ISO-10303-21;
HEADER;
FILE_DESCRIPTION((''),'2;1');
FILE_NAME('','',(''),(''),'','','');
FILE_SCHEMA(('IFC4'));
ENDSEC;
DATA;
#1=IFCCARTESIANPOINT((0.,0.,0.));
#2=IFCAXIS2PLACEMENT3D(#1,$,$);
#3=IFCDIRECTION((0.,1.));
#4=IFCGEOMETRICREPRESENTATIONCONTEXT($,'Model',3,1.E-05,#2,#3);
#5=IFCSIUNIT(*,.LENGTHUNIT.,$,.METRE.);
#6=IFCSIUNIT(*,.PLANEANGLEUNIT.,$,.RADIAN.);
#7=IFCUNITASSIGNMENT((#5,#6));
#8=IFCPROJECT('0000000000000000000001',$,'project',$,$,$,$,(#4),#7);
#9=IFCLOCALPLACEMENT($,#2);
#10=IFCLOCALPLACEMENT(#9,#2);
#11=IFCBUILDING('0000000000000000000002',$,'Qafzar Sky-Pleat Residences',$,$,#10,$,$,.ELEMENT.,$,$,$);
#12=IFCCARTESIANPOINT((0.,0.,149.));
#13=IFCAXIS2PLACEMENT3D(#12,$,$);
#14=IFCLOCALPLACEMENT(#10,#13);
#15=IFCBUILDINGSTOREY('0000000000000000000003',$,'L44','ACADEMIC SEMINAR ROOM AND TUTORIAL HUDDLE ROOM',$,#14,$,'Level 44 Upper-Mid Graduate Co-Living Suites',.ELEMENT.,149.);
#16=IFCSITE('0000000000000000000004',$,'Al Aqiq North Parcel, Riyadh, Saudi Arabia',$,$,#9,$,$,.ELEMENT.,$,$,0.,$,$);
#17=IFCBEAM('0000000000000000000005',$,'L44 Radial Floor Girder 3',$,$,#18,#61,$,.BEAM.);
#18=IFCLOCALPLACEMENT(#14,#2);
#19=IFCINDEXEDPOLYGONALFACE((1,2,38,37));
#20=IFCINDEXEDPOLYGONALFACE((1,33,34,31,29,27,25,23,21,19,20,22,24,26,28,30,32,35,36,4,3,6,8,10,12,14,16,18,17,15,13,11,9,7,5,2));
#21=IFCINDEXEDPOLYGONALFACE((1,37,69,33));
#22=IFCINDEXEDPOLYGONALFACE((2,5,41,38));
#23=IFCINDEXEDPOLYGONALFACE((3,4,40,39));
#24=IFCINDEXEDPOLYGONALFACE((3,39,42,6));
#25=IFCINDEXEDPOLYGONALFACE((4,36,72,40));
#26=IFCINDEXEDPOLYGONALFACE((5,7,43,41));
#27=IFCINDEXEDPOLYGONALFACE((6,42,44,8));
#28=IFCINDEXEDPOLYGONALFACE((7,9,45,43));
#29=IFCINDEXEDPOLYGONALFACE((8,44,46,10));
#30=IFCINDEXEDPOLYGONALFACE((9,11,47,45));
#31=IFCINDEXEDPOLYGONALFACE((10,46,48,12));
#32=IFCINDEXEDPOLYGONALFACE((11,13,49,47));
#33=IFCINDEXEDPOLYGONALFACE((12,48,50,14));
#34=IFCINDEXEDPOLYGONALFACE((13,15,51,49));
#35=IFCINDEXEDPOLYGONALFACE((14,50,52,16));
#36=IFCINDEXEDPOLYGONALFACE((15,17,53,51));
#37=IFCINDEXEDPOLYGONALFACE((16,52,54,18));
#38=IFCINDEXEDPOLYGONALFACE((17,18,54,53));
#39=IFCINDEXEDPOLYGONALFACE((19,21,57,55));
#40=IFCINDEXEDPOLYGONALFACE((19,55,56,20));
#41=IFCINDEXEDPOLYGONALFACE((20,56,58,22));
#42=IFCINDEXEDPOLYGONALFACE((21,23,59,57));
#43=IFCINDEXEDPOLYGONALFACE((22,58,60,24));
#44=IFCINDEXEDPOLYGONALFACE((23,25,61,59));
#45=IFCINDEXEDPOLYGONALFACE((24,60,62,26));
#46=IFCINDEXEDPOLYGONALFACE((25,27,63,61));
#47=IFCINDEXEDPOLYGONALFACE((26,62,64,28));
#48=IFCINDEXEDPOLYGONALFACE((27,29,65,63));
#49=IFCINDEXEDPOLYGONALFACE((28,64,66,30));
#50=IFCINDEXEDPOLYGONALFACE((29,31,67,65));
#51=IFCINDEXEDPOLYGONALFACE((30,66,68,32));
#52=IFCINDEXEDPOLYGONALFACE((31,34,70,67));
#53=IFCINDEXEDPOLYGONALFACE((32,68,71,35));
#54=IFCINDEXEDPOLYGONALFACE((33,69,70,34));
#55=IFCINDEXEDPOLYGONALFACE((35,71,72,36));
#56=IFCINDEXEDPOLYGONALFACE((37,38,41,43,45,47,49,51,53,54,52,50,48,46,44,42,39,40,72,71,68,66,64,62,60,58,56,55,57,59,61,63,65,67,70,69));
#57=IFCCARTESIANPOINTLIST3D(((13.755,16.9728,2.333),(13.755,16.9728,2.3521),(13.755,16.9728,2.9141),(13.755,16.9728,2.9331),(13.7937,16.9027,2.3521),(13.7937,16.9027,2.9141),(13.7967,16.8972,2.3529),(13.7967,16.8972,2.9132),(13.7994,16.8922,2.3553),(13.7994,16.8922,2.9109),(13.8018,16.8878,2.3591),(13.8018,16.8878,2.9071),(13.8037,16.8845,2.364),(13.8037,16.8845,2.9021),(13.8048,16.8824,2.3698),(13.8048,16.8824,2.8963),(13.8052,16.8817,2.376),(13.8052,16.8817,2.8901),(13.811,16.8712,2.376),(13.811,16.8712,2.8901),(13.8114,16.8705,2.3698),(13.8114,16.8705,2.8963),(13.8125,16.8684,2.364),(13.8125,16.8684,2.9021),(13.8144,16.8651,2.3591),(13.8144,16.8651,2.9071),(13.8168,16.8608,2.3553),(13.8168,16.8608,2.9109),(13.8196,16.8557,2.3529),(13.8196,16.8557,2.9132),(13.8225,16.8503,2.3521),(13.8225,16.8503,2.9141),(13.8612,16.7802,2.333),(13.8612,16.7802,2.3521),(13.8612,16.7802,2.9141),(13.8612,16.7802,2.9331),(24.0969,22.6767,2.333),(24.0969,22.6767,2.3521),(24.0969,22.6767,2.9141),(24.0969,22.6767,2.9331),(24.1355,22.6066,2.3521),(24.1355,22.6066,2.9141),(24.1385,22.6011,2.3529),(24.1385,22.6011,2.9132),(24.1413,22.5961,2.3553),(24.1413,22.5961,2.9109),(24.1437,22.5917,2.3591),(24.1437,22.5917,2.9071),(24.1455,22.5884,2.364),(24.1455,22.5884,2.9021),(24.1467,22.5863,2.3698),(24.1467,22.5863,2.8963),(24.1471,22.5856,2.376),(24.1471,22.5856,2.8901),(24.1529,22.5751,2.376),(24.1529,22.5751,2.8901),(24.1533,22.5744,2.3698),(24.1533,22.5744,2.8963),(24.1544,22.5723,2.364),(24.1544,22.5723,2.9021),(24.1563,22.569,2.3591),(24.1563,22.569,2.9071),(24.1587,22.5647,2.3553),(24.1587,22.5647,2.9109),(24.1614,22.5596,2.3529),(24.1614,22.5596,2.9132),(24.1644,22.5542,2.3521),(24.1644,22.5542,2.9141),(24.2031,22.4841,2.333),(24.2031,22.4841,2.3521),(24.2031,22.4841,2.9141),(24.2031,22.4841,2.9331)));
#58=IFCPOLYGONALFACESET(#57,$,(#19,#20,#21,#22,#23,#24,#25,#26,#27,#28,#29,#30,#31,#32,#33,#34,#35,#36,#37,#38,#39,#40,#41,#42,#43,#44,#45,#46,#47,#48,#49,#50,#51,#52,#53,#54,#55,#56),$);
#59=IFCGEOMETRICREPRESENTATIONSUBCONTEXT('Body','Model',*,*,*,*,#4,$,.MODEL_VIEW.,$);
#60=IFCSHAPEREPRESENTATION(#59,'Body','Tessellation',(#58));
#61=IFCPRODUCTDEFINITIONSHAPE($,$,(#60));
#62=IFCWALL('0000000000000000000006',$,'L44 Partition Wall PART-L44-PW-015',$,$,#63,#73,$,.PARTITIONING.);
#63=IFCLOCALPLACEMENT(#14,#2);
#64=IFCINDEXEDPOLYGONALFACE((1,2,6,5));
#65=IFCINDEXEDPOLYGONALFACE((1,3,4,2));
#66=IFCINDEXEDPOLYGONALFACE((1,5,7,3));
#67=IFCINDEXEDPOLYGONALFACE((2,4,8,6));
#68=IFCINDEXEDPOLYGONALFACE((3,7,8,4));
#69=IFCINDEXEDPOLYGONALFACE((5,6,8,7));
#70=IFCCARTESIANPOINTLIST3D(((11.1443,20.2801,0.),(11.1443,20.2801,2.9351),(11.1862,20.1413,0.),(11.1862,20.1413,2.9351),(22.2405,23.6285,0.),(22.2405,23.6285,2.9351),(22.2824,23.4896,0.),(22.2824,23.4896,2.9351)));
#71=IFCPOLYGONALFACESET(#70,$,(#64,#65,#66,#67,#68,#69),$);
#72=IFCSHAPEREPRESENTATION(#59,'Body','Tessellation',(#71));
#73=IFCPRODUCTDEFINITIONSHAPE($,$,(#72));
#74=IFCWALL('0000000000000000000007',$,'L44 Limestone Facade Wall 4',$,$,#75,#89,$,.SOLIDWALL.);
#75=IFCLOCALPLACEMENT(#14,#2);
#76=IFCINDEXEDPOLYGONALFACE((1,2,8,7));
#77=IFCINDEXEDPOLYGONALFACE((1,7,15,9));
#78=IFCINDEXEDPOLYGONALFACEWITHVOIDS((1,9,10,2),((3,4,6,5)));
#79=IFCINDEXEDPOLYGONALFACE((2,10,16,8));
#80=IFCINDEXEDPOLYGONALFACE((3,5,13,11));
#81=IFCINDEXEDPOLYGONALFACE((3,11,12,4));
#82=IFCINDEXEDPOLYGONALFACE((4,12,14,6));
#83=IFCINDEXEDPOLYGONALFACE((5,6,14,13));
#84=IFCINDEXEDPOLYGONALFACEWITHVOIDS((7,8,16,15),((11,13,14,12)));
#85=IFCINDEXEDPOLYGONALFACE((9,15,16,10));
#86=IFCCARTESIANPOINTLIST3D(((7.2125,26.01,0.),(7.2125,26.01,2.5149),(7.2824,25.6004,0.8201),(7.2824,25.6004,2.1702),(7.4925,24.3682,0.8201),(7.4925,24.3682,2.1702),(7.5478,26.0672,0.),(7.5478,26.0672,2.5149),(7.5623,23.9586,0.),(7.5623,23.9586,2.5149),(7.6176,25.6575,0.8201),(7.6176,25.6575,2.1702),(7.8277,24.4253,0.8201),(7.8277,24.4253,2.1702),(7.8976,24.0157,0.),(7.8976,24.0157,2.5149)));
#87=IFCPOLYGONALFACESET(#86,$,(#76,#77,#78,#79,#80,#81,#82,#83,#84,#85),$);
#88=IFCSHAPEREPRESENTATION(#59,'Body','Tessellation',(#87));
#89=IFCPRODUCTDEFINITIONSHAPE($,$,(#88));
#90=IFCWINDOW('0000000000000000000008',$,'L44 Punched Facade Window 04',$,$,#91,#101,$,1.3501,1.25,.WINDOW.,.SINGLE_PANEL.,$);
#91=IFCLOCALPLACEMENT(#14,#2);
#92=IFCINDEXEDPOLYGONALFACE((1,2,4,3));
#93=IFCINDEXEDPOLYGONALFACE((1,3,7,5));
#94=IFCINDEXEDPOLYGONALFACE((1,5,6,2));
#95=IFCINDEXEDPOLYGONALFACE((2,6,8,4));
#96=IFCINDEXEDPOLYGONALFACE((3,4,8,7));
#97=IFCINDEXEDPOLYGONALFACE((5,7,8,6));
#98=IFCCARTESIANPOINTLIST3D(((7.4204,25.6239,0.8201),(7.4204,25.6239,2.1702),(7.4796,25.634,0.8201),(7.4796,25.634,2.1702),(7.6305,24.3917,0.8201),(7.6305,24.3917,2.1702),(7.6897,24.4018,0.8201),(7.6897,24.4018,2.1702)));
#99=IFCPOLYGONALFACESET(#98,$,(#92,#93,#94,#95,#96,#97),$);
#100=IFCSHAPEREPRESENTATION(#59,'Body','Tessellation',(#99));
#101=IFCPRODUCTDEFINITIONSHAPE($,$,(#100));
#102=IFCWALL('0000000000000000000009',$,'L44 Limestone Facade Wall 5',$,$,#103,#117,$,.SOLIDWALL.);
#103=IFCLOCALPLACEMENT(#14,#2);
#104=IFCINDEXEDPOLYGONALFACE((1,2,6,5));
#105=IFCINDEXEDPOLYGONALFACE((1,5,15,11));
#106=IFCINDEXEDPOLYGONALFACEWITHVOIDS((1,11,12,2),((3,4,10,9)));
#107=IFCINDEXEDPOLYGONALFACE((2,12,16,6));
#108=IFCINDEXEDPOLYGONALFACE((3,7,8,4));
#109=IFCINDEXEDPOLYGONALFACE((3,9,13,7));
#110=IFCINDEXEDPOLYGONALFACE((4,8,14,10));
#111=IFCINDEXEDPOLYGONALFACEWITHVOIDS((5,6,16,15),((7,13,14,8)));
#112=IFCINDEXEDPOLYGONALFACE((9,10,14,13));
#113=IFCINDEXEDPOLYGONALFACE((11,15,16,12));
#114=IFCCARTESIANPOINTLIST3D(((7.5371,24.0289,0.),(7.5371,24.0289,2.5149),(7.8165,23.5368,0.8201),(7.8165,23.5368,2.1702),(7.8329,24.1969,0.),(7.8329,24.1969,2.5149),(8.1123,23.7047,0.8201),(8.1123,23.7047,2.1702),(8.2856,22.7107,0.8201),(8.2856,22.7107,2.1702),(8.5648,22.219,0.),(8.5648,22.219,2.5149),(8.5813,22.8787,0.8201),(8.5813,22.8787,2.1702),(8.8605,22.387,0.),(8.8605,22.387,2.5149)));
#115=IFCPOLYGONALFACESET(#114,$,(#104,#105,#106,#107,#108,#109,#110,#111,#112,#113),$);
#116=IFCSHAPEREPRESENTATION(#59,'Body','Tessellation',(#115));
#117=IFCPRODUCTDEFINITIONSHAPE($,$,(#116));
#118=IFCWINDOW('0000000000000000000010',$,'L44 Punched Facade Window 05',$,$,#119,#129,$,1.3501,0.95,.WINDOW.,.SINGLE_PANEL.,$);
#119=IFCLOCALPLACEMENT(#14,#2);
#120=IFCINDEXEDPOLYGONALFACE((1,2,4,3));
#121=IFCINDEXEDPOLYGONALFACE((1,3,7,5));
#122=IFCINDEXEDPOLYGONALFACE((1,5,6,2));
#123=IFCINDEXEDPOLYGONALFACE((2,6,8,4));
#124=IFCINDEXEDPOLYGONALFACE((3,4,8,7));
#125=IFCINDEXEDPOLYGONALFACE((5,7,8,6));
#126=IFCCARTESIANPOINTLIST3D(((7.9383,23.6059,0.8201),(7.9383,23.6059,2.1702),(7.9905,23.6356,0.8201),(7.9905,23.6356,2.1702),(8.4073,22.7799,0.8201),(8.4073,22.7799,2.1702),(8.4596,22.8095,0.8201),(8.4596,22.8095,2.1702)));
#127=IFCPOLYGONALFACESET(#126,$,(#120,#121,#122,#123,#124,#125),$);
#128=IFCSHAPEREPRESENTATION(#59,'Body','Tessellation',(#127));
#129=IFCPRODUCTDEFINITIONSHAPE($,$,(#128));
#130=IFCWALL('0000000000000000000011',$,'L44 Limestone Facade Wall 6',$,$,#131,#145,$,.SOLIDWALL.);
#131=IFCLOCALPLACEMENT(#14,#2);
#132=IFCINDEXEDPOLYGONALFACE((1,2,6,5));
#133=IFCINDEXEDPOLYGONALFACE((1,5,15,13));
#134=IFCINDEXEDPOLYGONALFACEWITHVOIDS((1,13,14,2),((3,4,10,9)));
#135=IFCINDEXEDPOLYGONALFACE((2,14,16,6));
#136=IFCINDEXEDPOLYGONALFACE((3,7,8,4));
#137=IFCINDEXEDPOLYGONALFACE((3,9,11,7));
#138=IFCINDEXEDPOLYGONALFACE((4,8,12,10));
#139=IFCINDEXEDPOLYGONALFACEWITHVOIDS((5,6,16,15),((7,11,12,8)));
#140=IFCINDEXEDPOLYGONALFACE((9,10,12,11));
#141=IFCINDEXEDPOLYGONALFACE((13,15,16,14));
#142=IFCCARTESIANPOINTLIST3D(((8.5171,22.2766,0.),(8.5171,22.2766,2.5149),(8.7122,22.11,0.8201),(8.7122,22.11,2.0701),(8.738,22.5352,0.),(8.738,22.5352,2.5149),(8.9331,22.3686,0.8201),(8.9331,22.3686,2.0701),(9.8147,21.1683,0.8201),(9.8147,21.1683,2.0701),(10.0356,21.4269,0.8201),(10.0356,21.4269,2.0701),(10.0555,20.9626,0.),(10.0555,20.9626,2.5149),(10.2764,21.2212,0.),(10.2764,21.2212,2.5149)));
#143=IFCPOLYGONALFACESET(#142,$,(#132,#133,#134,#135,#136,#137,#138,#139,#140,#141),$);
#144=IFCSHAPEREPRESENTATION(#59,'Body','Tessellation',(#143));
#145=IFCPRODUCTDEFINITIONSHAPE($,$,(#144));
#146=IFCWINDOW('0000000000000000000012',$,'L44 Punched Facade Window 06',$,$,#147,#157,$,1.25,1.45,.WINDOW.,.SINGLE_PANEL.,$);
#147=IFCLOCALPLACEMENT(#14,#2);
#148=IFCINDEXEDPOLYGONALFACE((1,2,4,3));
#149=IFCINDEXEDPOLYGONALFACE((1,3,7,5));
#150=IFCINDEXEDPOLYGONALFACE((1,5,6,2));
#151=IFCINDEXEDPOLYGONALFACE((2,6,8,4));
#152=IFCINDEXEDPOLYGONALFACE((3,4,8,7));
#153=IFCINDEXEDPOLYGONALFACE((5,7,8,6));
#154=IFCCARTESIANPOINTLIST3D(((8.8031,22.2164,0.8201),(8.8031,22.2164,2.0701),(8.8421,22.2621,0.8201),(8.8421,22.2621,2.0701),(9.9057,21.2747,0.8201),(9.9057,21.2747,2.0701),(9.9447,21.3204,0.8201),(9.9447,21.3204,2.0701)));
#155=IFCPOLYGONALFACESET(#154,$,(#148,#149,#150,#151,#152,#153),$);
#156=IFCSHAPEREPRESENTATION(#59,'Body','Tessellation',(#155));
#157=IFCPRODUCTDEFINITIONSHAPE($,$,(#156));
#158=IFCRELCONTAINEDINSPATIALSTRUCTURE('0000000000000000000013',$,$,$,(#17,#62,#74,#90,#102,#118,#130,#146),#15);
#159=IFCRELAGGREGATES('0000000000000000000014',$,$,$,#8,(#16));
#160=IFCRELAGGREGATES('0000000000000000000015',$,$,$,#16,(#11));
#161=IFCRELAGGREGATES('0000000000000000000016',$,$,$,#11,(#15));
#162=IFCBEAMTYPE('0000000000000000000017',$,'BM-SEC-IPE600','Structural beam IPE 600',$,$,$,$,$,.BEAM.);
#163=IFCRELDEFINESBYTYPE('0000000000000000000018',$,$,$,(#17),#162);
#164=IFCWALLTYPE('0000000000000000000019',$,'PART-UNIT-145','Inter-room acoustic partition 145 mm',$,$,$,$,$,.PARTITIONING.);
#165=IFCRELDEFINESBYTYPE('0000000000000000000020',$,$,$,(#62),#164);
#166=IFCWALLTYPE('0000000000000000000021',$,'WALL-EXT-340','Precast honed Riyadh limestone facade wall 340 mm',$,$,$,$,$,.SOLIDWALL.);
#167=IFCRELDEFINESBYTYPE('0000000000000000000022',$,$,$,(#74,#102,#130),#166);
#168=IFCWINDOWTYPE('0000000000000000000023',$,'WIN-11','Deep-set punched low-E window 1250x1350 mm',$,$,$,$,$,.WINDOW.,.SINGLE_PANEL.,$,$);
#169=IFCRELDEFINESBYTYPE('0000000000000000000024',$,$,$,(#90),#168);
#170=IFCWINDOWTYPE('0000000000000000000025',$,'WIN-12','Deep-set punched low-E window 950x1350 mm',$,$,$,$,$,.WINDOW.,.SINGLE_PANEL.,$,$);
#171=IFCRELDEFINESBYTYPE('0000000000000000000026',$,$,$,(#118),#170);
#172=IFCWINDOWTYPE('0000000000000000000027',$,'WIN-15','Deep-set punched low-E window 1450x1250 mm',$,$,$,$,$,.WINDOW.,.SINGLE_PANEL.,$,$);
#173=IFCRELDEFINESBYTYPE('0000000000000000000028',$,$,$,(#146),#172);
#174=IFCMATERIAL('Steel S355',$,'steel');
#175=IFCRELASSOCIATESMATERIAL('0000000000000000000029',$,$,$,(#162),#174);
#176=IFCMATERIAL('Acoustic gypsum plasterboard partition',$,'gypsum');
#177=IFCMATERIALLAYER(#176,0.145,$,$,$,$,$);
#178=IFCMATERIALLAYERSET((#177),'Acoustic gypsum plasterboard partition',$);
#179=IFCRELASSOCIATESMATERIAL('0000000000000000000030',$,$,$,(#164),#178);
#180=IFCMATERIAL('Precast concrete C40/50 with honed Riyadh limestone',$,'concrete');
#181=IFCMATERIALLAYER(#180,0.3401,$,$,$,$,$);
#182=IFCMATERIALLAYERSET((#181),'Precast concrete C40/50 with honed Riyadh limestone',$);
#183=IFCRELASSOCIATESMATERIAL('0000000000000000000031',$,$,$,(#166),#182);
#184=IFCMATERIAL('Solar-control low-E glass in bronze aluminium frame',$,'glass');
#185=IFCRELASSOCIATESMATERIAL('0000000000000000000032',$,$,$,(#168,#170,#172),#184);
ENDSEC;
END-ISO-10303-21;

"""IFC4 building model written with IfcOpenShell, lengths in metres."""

from ifc_helpers import new_model, si_unit, direction, frame, frame_2d, origin, origin_2d, place, context, subcontext, project, spatial, rectangle, i_section, extrude, source, transform, mapped, material, layer, layer_set, material_profile, profile_set, type_object, element, fill, save


model = new_model("IFC4")

# Units and contexts
model_context = context("Model", 3, precision=1e-05, world=origin(), true_north=direction((0.0, 1.0)))
body_context = subcontext(model_context, "Body", "Model", "MODEL_VIEW")
ifc_project = project(units=[si_unit("LENGTHUNIT", "METRE"), si_unit("PLANEANGLEUNIT", "RADIAN")], contexts=[model_context])

# Site, building, storey
site_placement = place(None, origin())
site = spatial("IfcSite", under=ifc_project, at=site_placement, Name="Al Aqiq North Parcel, Riyadh, Saudi Arabia", CompositionType="ELEMENT", RefElevation=0.0)
building_placement = place(site_placement, origin())
building = spatial("IfcBuilding", under=site, at=building_placement, Name="Qafzar Sky-Pleat Residences", CompositionType="ELEMENT")
storey_placement = place(building_placement, frame((0.0, 0.0, 149.0)))
storey = spatial("IfcBuildingStorey", under=building, at=storey_placement, Name="L44", Description="ACADEMIC SEMINAR ROOM AND TUTORIAL HUDDLE ROOM", LongName="Level 44 Upper-Mid Graduate Co-Living Suites", CompositionType="ELEMENT", Elevation=149.0)

# Shared definitions
ifc_material_1 = material(Name="Steel S355", Category="steel")

# Beam
ifc_material_profile_1 = material_profile(ifc_material_1, i_section(OverallWidth=0.22, OverallDepth=0.6001, WebThickness=0.012, FlangeThickness=0.019, FilletRadius=0.0239, at=origin_2d()), Name="IPE 600")
ifc_profile_set_1 = profile_set([ifc_material_profile_1], Name="Steel S355")
beam_type_1 = type_object("IfcBeamType", Name="BM-SEC-IPE600", Description="Structural beam IPE 600", PredefinedType="BEAM", material=ifc_profile_set_1)
shared_shape_1 = source(origin(), body_context, "Body", "SweptSolid", [
    extrude(i_section(OverallWidth=0.22, OverallDepth=0.6001, WebThickness=0.012, FlangeThickness=0.019, FilletRadius=0.0239, at=origin_2d()), origin(), (0.0, 0.0, 1.0), 11.8105),
])
beam_1_placement = place(storey_placement, frame((13.8081, 16.8765, 2.6331), z_axis=(0.875648, 0.48295, 0.0), x_axis=(-0.48295, 0.875648, 0.0)))
element("IfcBeam", 1, at=beam_1_placement, inside=storey, type_object=beam_type_1, Name="L44 Radial Floor Girder 3", PredefinedType="BEAM", context=body_context, shape_type="MappedRepresentation", body=[
    mapped(shared_shape_1, transform((0.0, 0.0, 0.0), x_axis=(1.0, 0.0, 0.0), y_axis=(0.0, 1.0, 0.0), z_axis=(0.0, 0.0, 1.0), scale=1.0)),
])

# Wall
ifc_material_2 = material(Name="Acoustic gypsum plasterboard partition", Category="gypsum")
ifc_layer_1 = layer(ifc_material_2, 0.145)
ifc_layer_set_1 = layer_set([ifc_layer_1], Name="Acoustic gypsum plasterboard partition")
wall_type_1 = type_object("IfcWallType", Name="PART-UNIT-145", Description="Inter-room acoustic partition 145 mm", PredefinedType="PARTITIONING", material=ifc_layer_set_1)
wall_1_placement = place(storey_placement, frame((11.1653, 20.2107, 0.0), z_axis=(0.0, 0.0, 1.0), x_axis=(0.957361, 0.288893, 0.0)))
element("IfcWall", 2, at=wall_1_placement, inside=storey, type_object=wall_type_1, Name="L44 Partition Wall PART-L44-PW-015", PredefinedType="PARTITIONING", context=body_context, shape_type="SweptSolid", body=[
    extrude(rectangle(XDim=11.5903, YDim=0.145, at=frame_2d((5.7952, 0.0))), origin(), (0.0, 0.0, 1.0), 2.9351),
])

# Walls, openings, windows
ifc_material_3 = material(Name="Precast concrete C40/50 with honed Riyadh limestone", Category="concrete")
ifc_layer_2 = layer(ifc_material_3, 0.3401)
ifc_layer_set_2 = layer_set([ifc_layer_2], Name="Precast concrete C40/50 with honed Riyadh limestone")
wall_type_2 = type_object("IfcWallType", Name="WALL-EXT-340", Description="Precast honed Riyadh limestone facade wall 340 mm", PredefinedType="SOLIDWALL", material=ifc_layer_set_2)
wall_2_placement = place(storey_placement, frame((7.3801, 26.0386, 0.0), z_axis=(0.0, 0.0, 1.0), x_axis=(0.168107, -0.985769, 0.0)))
wall_2 = element("IfcWall", 3, at=wall_2_placement, inside=storey, type_object=wall_type_2, Name="L44 Limestone Facade Wall 4", PredefinedType="SOLIDWALL", context=body_context, shape_type="SweptSolid", body=[
    extrude(rectangle(XDim=2.0811, YDim=0.3401, at=frame_2d((1.0405, 0.0))), origin(), (0.0, 0.0, 1.0), 2.5149),
])
opening_1_placement = place(wall_2_placement, frame((0.4155, 0.0, 0.8201)))
opening_1 = element("IfcOpeningElement", 4, at=opening_1_placement, cuts=wall_2, PredefinedType="OPENING", context=body_context, shape_type="SweptSolid", body=[
    extrude(rectangle(XDim=1.25, YDim=1.3501, at=frame_2d((0.625, 0.675))), frame((0.0, 0.1802, 0.0), z_axis=(0.0, -1.0, 0.0), x_axis=(1.0, 0.0, 0.0)), (0.0, 0.0, 1.0), 0.3601),
])
ifc_material_4 = material(Name="Solar-control low-E glass in bronze aluminium frame", Category="glass")
window_type_1 = type_object("IfcWindowType", Name="WIN-11", Description="Deep-set punched low-E window 1250x1350 mm", PartitioningType="SINGLE_PANEL", PredefinedType="WINDOW", material=ifc_material_4)
shared_shape_2 = source(origin(), body_context, "Body", "SweptSolid", [
    extrude(rectangle(XDim=1.25, YDim=1.3501, at=frame_2d((0.625, 0.675))), frame((0.0, 0.03, 0.0), z_axis=(0.0, -1.0, 0.0), x_axis=(1.0, 0.0, 0.0)), (0.0, 0.0, 1.0), 0.0601),
])
window_1_placement = place(opening_1_placement, origin())
window_1 = element("IfcWindow", 5, at=window_1_placement, inside=storey, type_object=window_type_1, Name="L44 Punched Facade Window 04", OverallHeight=1.3501, OverallWidth=1.25, PartitioningType="SINGLE_PANEL", PredefinedType="WINDOW", context=body_context, shape_type="MappedRepresentation", body=[
    mapped(shared_shape_2, transform((0.0, 0.0, 0.0), x_axis=(1.0, 0.0, 0.0), y_axis=(0.0, 1.0, 0.0), z_axis=(0.0, 0.0, 1.0), scale=1.0)),
])
fill(opening_1, window_1)
wall_3_placement = place(storey_placement, frame((7.6851, 24.1128, 0.0), z_axis=(0.0, 0.0, 1.0), x_axis=(0.493749, -0.869604, 0.0)))
wall_3 = element("IfcWall", 6, at=wall_3_placement, inside=storey, type_object=wall_type_2, Name="L44 Limestone Facade Wall 5", PredefinedType="SOLIDWALL", context=body_context, shape_type="SweptSolid", body=[
    extrude(rectangle(XDim=2.0813, YDim=0.3401, at=frame_2d((1.0405, 0.0))), origin(), (0.0, 0.0, 1.0), 2.5149),
])
opening_2_placement = place(wall_3_placement, frame((0.5657, 0.0, 0.8201)))
opening_2 = element("IfcOpeningElement", 7, at=opening_2_placement, cuts=wall_3, PredefinedType="OPENING", context=body_context, shape_type="SweptSolid", body=[
    extrude(rectangle(XDim=0.95, YDim=1.3501, at=frame_2d((0.4751, 0.675))), frame((0.0, 0.1802, 0.0), z_axis=(0.0, -1.0, 0.0), x_axis=(1.0, 0.0, 0.0)), (0.0, 0.0, 1.0), 0.3601),
])
window_type_2 = type_object("IfcWindowType", Name="WIN-12", Description="Deep-set punched low-E window 950x1350 mm", PartitioningType="SINGLE_PANEL", PredefinedType="WINDOW", material=ifc_material_4)
shared_shape_3 = source(origin(), body_context, "Body", "SweptSolid", [
    extrude(rectangle(XDim=0.95, YDim=1.3501, at=frame_2d((0.4751, 0.675))), frame((0.0, 0.03, 0.0), z_axis=(0.0, -1.0, 0.0), x_axis=(1.0, 0.0, 0.0)), (0.0, 0.0, 1.0), 0.0601),
])
window_2_placement = place(opening_2_placement, origin())
window_2 = element("IfcWindow", 8, at=window_2_placement, inside=storey, type_object=window_type_2, Name="L44 Punched Facade Window 05", OverallHeight=1.3501, OverallWidth=0.95, PartitioningType="SINGLE_PANEL", PredefinedType="WINDOW", context=body_context, shape_type="MappedRepresentation", body=[
    mapped(shared_shape_3, transform((0.0, 0.0, 0.0), x_axis=(1.0, 0.0, 0.0), y_axis=(0.0, 1.0, 0.0), z_axis=(0.0, 0.0, 1.0), scale=1.0)),
])
fill(opening_2, window_2)
wall_4_placement = place(storey_placement, frame((8.6274, 22.406, 0.0), z_axis=(0.0, 0.0, 1.0), x_axis=(0.76038, -0.649479, 0.0)))
wall_4 = element("IfcWall", 9, at=wall_4_placement, inside=storey, type_object=wall_type_2, Name="L44 Limestone Facade Wall 6", PredefinedType="SOLIDWALL", context=body_context, shape_type="SweptSolid", body=[
    extrude(rectangle(XDim=2.0232, YDim=0.3401, at=frame_2d((1.0117, 0.0))), origin(), (0.0, 0.0, 1.0), 2.5149),
])
opening_3_placement = place(wall_4_placement, frame((0.2566, 0.0, 0.8201)))
opening_3 = element("IfcOpeningElement", 10, at=opening_3_placement, cuts=wall_4, PredefinedType="OPENING", context=body_context, shape_type="SweptSolid", body=[
    extrude(rectangle(XDim=1.45, YDim=1.25, at=frame_2d((0.7251, 0.625))), frame((0.0, 0.1802, 0.0), z_axis=(0.0, -1.0, 0.0), x_axis=(1.0, 0.0, 0.0)), (0.0, 0.0, 1.0), 0.3601),
])
window_type_3 = type_object("IfcWindowType", Name="WIN-15", Description="Deep-set punched low-E window 1450x1250 mm", PartitioningType="SINGLE_PANEL", PredefinedType="WINDOW", material=ifc_material_4)
shared_shape_4 = source(origin(), body_context, "Body", "SweptSolid", [
    extrude(rectangle(XDim=1.45, YDim=1.25, at=frame_2d((0.7251, 0.625))), frame((0.0, 0.03, 0.0), z_axis=(0.0, -1.0, 0.0), x_axis=(1.0, 0.0, 0.0)), (0.0, 0.0, 1.0), 0.0601),
])
window_3_placement = place(opening_3_placement, origin())
window_3 = element("IfcWindow", 11, at=window_3_placement, inside=storey, type_object=window_type_3, Name="L44 Punched Facade Window 06", OverallHeight=1.25, OverallWidth=1.45, PartitioningType="SINGLE_PANEL", PredefinedType="WINDOW", context=body_context, shape_type="MappedRepresentation", body=[
    mapped(shared_shape_4, transform((0.0, 0.0, 0.0), x_axis=(1.0, 0.0, 0.0), y_axis=(0.0, 1.0, 0.0), z_axis=(0.0, 0.0, 1.0), scale=1.0)),
])
fill(opening_3, window_3)

save(model, "model.ifc")
